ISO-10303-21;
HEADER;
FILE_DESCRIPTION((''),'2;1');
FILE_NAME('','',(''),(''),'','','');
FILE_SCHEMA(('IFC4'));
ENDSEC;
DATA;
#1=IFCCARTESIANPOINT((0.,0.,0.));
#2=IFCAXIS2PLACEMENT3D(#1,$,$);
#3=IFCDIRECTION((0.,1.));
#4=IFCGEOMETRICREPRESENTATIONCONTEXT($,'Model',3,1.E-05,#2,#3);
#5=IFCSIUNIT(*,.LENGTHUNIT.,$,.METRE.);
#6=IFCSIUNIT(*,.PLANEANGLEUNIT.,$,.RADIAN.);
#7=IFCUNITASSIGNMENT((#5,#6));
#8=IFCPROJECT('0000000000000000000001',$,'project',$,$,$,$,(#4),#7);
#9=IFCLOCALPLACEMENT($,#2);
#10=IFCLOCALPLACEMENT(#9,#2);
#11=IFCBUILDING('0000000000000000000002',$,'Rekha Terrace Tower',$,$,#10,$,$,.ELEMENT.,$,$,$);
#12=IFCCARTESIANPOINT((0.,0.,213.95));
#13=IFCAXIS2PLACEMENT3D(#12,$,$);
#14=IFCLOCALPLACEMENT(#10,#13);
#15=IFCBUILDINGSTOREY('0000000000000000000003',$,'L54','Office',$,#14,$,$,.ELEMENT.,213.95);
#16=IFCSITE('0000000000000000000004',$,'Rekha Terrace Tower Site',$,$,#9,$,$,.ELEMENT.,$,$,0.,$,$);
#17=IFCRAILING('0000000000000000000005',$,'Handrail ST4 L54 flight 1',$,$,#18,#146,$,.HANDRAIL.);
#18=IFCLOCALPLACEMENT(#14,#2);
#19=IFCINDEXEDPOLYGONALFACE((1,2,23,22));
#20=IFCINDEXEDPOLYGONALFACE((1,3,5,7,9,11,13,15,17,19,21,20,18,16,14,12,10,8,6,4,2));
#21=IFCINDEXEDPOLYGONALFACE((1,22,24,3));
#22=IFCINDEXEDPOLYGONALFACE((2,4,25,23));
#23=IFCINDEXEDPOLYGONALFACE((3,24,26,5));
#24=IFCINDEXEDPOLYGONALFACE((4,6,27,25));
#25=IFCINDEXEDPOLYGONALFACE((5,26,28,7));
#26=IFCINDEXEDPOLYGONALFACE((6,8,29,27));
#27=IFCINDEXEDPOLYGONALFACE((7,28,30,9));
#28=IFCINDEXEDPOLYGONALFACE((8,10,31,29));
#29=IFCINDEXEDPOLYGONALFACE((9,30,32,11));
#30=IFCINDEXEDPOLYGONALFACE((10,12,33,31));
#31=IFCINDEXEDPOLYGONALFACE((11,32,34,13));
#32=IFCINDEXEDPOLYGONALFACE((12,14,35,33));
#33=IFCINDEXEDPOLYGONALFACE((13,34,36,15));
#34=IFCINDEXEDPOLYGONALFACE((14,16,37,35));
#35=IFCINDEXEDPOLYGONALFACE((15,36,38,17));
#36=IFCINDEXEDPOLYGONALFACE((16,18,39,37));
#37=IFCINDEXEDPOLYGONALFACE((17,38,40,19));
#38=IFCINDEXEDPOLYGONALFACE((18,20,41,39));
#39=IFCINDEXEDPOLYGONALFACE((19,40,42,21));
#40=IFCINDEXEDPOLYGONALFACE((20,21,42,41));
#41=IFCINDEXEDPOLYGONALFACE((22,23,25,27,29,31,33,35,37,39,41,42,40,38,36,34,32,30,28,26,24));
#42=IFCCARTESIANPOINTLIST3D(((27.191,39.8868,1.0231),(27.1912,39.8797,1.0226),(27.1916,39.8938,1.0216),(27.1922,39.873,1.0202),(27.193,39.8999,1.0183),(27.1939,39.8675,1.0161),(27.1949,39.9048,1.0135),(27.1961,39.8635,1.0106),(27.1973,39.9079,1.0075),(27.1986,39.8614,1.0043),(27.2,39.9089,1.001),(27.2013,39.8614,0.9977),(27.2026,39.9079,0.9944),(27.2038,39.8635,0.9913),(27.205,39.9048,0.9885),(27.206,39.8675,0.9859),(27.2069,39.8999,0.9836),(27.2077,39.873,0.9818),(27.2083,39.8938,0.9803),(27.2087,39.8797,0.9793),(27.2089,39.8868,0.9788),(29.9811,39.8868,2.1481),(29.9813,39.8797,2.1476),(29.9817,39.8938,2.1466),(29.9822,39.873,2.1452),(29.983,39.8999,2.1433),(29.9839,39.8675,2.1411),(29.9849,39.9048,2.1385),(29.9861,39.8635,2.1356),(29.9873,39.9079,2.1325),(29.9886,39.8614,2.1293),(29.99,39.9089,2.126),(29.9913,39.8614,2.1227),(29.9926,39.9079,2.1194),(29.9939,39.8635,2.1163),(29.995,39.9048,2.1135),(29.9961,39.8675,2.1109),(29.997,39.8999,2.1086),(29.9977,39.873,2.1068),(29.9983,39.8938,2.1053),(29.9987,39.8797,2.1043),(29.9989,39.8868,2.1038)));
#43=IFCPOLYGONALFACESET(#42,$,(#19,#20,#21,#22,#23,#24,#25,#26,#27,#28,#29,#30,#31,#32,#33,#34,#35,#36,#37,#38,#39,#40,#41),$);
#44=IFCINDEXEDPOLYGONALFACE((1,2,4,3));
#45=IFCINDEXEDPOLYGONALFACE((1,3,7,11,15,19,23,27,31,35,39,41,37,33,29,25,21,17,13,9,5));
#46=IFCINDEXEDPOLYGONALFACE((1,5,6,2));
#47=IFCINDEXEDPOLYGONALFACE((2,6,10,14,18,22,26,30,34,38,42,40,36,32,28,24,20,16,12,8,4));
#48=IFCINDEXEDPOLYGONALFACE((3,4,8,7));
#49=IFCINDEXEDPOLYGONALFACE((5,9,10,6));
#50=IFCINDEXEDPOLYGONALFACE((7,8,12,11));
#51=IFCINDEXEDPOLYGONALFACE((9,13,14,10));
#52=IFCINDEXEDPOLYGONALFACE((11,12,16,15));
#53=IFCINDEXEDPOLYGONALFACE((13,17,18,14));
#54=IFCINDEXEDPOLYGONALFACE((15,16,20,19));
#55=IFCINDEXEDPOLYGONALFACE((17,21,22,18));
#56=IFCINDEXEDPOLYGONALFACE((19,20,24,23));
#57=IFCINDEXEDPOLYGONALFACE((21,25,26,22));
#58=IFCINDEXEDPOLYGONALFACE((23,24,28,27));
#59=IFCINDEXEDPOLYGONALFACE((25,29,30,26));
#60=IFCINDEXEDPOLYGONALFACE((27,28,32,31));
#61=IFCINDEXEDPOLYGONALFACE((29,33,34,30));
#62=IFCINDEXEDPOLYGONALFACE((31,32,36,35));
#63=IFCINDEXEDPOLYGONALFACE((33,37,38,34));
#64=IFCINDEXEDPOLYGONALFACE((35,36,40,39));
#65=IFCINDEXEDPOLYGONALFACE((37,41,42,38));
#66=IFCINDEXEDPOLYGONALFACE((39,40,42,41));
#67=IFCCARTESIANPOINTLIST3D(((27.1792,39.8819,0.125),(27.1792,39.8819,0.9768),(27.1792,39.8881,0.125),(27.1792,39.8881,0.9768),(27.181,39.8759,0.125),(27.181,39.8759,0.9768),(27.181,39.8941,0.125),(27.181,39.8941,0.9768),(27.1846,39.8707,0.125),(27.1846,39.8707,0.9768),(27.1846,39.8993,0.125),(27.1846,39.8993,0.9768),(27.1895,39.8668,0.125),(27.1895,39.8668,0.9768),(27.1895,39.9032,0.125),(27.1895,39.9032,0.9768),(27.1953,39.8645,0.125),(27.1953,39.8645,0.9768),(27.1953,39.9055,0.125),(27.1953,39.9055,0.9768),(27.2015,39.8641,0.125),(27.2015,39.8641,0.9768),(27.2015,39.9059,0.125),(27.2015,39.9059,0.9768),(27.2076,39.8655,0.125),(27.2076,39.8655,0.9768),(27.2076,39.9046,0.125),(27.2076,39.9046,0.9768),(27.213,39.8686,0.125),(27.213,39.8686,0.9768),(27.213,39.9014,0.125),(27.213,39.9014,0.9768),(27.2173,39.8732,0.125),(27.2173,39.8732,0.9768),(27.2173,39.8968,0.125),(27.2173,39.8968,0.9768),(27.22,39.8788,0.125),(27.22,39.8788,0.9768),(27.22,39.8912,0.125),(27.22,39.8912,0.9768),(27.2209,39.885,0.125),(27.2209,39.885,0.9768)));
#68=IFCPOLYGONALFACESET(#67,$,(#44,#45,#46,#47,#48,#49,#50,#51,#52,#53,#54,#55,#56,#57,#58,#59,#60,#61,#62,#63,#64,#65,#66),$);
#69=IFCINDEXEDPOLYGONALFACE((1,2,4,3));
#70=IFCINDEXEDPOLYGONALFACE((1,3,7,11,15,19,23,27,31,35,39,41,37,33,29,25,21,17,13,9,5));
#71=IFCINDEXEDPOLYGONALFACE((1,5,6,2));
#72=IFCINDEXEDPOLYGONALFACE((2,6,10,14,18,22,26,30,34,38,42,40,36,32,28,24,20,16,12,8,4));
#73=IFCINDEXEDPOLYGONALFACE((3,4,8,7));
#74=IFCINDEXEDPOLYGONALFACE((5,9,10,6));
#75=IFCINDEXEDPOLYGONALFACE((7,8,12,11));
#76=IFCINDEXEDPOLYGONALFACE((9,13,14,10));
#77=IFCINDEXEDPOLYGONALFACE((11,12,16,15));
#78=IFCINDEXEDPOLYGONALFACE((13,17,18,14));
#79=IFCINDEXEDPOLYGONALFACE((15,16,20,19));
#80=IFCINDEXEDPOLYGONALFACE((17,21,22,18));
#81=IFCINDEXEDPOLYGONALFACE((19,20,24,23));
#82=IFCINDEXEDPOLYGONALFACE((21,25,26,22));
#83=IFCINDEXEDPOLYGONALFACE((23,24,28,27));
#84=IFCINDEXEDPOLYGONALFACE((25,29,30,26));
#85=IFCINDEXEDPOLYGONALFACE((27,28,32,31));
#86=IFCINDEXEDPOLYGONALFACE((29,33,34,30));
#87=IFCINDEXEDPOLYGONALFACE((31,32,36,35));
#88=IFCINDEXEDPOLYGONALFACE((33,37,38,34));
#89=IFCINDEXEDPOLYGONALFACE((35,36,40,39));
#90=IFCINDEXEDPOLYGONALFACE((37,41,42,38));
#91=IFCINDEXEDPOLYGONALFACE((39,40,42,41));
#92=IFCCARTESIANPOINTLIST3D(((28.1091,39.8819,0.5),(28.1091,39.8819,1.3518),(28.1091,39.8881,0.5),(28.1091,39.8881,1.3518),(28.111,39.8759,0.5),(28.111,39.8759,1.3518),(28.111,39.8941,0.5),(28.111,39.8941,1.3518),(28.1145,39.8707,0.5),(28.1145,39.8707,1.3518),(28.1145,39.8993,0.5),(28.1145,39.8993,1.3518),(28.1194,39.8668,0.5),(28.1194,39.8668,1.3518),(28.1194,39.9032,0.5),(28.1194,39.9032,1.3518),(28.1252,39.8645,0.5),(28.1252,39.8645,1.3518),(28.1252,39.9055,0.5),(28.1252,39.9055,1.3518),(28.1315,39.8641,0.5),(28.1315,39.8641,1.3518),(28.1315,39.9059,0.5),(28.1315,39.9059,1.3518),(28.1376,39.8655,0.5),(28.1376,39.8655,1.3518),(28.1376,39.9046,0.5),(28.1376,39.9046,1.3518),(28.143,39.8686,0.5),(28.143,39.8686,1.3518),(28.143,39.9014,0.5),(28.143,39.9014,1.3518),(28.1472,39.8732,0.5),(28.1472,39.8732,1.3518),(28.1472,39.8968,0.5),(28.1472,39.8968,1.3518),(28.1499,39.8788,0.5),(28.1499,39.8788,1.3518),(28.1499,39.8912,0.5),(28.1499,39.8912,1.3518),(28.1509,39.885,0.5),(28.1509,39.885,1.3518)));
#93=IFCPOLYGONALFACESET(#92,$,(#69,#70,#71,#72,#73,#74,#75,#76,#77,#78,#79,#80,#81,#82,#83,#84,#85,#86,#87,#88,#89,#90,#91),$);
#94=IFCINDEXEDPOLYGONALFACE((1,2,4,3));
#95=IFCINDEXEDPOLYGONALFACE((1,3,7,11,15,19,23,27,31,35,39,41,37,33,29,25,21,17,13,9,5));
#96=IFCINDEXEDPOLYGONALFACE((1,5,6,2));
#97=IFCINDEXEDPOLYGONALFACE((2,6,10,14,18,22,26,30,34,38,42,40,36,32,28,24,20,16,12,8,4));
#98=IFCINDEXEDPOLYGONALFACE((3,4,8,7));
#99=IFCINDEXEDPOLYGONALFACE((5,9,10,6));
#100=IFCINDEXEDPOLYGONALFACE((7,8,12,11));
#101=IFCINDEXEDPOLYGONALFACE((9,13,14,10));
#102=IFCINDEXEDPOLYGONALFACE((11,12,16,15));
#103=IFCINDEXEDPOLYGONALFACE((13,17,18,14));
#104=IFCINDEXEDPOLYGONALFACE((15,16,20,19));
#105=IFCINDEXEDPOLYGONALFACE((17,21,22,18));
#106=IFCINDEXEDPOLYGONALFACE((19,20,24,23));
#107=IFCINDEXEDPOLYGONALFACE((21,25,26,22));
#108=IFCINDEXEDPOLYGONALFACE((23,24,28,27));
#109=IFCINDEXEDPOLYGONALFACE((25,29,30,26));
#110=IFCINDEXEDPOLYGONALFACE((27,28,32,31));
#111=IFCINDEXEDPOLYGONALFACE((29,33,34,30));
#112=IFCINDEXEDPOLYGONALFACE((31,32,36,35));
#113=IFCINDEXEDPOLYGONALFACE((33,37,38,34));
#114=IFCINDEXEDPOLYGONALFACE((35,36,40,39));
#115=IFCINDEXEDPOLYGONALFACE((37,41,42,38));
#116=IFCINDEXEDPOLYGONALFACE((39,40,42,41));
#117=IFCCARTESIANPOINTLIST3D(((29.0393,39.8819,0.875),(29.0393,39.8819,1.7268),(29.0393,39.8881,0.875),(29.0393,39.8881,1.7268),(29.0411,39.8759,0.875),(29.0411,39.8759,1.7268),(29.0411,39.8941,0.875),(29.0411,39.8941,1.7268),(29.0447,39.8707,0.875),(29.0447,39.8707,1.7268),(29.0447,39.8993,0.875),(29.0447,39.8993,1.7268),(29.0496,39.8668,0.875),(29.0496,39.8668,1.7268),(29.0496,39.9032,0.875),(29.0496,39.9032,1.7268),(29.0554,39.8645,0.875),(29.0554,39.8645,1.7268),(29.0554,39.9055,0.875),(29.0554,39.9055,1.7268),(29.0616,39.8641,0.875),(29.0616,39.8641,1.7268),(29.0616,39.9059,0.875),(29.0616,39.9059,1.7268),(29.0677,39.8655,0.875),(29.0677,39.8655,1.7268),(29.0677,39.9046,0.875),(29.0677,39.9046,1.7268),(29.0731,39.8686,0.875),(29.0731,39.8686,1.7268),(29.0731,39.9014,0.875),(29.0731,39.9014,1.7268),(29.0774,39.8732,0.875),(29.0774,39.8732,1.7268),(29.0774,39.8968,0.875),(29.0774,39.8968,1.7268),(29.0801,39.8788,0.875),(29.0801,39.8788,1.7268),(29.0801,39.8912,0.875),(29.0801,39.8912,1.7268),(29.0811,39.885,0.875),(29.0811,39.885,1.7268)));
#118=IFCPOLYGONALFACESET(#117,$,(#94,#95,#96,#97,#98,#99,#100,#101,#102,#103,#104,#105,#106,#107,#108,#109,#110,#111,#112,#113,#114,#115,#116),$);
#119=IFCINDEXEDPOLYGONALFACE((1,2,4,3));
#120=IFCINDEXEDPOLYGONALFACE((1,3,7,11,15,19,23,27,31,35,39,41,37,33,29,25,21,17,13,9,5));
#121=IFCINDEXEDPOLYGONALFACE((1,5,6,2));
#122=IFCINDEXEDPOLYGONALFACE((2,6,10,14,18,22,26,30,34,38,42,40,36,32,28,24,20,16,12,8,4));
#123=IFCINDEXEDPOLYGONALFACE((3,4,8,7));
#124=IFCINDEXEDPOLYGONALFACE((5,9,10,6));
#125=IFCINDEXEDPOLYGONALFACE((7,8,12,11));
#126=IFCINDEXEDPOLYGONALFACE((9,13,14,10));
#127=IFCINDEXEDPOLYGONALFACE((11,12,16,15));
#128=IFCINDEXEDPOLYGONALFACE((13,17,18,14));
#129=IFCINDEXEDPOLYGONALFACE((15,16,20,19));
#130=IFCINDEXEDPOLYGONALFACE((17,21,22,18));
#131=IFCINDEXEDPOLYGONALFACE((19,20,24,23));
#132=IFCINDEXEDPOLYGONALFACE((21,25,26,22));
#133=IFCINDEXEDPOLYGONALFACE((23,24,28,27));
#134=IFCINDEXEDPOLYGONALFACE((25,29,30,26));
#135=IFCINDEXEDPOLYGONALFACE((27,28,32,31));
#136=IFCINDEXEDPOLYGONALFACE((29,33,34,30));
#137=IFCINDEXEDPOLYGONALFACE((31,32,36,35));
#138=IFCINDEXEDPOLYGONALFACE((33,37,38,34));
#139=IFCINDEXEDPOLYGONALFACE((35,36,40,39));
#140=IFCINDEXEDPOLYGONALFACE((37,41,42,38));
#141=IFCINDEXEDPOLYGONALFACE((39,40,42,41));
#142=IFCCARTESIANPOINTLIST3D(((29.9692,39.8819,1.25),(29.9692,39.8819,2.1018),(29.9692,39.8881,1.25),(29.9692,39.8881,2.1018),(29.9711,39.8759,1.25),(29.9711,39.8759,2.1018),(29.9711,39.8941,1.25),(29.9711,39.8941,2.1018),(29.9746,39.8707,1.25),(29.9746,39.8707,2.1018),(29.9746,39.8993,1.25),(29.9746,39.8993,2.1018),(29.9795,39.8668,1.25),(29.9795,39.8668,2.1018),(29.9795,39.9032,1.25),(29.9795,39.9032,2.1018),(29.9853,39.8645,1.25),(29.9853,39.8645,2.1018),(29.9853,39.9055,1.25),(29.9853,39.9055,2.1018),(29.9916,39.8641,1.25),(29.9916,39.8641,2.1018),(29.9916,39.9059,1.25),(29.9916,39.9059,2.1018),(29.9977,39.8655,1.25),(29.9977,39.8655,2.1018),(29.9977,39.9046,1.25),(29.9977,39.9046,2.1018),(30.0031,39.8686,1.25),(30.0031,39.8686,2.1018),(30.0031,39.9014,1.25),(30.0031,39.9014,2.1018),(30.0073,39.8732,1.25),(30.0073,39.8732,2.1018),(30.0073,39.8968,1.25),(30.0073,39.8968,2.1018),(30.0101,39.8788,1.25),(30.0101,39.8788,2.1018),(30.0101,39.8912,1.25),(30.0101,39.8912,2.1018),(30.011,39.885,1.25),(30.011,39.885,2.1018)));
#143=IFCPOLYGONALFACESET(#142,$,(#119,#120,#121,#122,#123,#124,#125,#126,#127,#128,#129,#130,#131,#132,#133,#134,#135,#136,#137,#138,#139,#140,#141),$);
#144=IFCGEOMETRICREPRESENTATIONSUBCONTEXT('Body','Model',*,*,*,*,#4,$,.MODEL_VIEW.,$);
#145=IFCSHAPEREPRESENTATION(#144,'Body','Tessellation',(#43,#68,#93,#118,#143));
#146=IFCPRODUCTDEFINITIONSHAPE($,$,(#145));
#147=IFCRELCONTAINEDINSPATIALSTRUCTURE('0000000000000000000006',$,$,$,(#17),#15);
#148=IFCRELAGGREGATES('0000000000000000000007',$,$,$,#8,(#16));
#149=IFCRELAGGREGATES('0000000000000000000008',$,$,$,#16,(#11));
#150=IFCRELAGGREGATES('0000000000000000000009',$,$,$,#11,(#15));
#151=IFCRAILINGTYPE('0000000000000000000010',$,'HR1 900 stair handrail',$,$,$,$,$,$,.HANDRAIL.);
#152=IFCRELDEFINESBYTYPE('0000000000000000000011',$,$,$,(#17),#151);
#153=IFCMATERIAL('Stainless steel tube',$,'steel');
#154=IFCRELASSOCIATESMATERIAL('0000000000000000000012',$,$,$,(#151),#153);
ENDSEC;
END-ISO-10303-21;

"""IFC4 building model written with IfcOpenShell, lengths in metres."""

from ifc_helpers import new_model, si_unit, direction, frame, origin, origin_2d, place, context, subcontext, project, spatial, circle, extrude, material, type_object, element, save


model = new_model("IFC4")

# Units and contexts
model_context = context("Model", 3, precision=1e-05, world=origin(), true_north=direction((0.0, 1.0)))
body_context = subcontext(model_context, "Body", "Model", "MODEL_VIEW")
ifc_project = project(units=[si_unit("LENGTHUNIT", "METRE"), si_unit("PLANEANGLEUNIT", "RADIAN")], contexts=[model_context])

# Site, building, storey
site_placement = place(None, origin())
site = spatial("IfcSite", under=ifc_project, at=site_placement, Name="Rekha Terrace Tower Site", CompositionType="ELEMENT", RefElevation=0.0)
building_placement = place(site_placement, origin())
building = spatial("IfcBuilding", under=site, at=building_placement, Name="Rekha Terrace Tower", CompositionType="ELEMENT")
storey_placement = place(building_placement, frame((0.0, 0.0, 213.95)))
storey = spatial("IfcBuildingStorey", under=building, at=storey_placement, Name="L54", Description="Office", CompositionType="ELEMENT", Elevation=213.95)

# Railing
ifc_material_1 = material(Name="Stainless steel tube", Category="steel")
railing_type_1 = type_object("IfcRailingType", Name="HR1 900 stair handrail", PredefinedType="HANDRAIL", material=ifc_material_1)
railing_1_placement = place(storey_placement, frame((27.2, 39.885, 0.125)))
element("IfcRailing", 1, at=railing_1_placement, inside=storey, type_object=railing_type_1, Name="Handrail ST4 L54 flight 1", PredefinedType="HANDRAIL", context=body_context, shape_type="SweptSolid", body=[
    extrude(circle(Radius=0.0239, at=origin_2d()), frame((0.0, 0.0, 0.876), z_axis=(0.927443, 0.0, 0.373964), x_axis=(0.0, 1.0, 0.0)), (0.0, 0.0, 1.0), 3.0083),
    extrude(circle(Radius=0.021, at=origin_2d()), origin(), (0.0, 0.0, 1.0), 0.8518),
    extrude(circle(Radius=0.021, at=origin_2d()), frame((0.9299, 0.0, 0.375)), (0.0, 0.0, 1.0), 0.8518),
    extrude(circle(Radius=0.021, at=origin_2d()), frame((1.8601, 0.0, 0.75)), (0.0, 0.0, 1.0), 0.8518),
    extrude(circle(Radius=0.021, at=origin_2d()), frame((2.79, 0.0, 1.125)), (0.0, 0.0, 1.0), 0.8518),
])

save(model, "model.ifc")
